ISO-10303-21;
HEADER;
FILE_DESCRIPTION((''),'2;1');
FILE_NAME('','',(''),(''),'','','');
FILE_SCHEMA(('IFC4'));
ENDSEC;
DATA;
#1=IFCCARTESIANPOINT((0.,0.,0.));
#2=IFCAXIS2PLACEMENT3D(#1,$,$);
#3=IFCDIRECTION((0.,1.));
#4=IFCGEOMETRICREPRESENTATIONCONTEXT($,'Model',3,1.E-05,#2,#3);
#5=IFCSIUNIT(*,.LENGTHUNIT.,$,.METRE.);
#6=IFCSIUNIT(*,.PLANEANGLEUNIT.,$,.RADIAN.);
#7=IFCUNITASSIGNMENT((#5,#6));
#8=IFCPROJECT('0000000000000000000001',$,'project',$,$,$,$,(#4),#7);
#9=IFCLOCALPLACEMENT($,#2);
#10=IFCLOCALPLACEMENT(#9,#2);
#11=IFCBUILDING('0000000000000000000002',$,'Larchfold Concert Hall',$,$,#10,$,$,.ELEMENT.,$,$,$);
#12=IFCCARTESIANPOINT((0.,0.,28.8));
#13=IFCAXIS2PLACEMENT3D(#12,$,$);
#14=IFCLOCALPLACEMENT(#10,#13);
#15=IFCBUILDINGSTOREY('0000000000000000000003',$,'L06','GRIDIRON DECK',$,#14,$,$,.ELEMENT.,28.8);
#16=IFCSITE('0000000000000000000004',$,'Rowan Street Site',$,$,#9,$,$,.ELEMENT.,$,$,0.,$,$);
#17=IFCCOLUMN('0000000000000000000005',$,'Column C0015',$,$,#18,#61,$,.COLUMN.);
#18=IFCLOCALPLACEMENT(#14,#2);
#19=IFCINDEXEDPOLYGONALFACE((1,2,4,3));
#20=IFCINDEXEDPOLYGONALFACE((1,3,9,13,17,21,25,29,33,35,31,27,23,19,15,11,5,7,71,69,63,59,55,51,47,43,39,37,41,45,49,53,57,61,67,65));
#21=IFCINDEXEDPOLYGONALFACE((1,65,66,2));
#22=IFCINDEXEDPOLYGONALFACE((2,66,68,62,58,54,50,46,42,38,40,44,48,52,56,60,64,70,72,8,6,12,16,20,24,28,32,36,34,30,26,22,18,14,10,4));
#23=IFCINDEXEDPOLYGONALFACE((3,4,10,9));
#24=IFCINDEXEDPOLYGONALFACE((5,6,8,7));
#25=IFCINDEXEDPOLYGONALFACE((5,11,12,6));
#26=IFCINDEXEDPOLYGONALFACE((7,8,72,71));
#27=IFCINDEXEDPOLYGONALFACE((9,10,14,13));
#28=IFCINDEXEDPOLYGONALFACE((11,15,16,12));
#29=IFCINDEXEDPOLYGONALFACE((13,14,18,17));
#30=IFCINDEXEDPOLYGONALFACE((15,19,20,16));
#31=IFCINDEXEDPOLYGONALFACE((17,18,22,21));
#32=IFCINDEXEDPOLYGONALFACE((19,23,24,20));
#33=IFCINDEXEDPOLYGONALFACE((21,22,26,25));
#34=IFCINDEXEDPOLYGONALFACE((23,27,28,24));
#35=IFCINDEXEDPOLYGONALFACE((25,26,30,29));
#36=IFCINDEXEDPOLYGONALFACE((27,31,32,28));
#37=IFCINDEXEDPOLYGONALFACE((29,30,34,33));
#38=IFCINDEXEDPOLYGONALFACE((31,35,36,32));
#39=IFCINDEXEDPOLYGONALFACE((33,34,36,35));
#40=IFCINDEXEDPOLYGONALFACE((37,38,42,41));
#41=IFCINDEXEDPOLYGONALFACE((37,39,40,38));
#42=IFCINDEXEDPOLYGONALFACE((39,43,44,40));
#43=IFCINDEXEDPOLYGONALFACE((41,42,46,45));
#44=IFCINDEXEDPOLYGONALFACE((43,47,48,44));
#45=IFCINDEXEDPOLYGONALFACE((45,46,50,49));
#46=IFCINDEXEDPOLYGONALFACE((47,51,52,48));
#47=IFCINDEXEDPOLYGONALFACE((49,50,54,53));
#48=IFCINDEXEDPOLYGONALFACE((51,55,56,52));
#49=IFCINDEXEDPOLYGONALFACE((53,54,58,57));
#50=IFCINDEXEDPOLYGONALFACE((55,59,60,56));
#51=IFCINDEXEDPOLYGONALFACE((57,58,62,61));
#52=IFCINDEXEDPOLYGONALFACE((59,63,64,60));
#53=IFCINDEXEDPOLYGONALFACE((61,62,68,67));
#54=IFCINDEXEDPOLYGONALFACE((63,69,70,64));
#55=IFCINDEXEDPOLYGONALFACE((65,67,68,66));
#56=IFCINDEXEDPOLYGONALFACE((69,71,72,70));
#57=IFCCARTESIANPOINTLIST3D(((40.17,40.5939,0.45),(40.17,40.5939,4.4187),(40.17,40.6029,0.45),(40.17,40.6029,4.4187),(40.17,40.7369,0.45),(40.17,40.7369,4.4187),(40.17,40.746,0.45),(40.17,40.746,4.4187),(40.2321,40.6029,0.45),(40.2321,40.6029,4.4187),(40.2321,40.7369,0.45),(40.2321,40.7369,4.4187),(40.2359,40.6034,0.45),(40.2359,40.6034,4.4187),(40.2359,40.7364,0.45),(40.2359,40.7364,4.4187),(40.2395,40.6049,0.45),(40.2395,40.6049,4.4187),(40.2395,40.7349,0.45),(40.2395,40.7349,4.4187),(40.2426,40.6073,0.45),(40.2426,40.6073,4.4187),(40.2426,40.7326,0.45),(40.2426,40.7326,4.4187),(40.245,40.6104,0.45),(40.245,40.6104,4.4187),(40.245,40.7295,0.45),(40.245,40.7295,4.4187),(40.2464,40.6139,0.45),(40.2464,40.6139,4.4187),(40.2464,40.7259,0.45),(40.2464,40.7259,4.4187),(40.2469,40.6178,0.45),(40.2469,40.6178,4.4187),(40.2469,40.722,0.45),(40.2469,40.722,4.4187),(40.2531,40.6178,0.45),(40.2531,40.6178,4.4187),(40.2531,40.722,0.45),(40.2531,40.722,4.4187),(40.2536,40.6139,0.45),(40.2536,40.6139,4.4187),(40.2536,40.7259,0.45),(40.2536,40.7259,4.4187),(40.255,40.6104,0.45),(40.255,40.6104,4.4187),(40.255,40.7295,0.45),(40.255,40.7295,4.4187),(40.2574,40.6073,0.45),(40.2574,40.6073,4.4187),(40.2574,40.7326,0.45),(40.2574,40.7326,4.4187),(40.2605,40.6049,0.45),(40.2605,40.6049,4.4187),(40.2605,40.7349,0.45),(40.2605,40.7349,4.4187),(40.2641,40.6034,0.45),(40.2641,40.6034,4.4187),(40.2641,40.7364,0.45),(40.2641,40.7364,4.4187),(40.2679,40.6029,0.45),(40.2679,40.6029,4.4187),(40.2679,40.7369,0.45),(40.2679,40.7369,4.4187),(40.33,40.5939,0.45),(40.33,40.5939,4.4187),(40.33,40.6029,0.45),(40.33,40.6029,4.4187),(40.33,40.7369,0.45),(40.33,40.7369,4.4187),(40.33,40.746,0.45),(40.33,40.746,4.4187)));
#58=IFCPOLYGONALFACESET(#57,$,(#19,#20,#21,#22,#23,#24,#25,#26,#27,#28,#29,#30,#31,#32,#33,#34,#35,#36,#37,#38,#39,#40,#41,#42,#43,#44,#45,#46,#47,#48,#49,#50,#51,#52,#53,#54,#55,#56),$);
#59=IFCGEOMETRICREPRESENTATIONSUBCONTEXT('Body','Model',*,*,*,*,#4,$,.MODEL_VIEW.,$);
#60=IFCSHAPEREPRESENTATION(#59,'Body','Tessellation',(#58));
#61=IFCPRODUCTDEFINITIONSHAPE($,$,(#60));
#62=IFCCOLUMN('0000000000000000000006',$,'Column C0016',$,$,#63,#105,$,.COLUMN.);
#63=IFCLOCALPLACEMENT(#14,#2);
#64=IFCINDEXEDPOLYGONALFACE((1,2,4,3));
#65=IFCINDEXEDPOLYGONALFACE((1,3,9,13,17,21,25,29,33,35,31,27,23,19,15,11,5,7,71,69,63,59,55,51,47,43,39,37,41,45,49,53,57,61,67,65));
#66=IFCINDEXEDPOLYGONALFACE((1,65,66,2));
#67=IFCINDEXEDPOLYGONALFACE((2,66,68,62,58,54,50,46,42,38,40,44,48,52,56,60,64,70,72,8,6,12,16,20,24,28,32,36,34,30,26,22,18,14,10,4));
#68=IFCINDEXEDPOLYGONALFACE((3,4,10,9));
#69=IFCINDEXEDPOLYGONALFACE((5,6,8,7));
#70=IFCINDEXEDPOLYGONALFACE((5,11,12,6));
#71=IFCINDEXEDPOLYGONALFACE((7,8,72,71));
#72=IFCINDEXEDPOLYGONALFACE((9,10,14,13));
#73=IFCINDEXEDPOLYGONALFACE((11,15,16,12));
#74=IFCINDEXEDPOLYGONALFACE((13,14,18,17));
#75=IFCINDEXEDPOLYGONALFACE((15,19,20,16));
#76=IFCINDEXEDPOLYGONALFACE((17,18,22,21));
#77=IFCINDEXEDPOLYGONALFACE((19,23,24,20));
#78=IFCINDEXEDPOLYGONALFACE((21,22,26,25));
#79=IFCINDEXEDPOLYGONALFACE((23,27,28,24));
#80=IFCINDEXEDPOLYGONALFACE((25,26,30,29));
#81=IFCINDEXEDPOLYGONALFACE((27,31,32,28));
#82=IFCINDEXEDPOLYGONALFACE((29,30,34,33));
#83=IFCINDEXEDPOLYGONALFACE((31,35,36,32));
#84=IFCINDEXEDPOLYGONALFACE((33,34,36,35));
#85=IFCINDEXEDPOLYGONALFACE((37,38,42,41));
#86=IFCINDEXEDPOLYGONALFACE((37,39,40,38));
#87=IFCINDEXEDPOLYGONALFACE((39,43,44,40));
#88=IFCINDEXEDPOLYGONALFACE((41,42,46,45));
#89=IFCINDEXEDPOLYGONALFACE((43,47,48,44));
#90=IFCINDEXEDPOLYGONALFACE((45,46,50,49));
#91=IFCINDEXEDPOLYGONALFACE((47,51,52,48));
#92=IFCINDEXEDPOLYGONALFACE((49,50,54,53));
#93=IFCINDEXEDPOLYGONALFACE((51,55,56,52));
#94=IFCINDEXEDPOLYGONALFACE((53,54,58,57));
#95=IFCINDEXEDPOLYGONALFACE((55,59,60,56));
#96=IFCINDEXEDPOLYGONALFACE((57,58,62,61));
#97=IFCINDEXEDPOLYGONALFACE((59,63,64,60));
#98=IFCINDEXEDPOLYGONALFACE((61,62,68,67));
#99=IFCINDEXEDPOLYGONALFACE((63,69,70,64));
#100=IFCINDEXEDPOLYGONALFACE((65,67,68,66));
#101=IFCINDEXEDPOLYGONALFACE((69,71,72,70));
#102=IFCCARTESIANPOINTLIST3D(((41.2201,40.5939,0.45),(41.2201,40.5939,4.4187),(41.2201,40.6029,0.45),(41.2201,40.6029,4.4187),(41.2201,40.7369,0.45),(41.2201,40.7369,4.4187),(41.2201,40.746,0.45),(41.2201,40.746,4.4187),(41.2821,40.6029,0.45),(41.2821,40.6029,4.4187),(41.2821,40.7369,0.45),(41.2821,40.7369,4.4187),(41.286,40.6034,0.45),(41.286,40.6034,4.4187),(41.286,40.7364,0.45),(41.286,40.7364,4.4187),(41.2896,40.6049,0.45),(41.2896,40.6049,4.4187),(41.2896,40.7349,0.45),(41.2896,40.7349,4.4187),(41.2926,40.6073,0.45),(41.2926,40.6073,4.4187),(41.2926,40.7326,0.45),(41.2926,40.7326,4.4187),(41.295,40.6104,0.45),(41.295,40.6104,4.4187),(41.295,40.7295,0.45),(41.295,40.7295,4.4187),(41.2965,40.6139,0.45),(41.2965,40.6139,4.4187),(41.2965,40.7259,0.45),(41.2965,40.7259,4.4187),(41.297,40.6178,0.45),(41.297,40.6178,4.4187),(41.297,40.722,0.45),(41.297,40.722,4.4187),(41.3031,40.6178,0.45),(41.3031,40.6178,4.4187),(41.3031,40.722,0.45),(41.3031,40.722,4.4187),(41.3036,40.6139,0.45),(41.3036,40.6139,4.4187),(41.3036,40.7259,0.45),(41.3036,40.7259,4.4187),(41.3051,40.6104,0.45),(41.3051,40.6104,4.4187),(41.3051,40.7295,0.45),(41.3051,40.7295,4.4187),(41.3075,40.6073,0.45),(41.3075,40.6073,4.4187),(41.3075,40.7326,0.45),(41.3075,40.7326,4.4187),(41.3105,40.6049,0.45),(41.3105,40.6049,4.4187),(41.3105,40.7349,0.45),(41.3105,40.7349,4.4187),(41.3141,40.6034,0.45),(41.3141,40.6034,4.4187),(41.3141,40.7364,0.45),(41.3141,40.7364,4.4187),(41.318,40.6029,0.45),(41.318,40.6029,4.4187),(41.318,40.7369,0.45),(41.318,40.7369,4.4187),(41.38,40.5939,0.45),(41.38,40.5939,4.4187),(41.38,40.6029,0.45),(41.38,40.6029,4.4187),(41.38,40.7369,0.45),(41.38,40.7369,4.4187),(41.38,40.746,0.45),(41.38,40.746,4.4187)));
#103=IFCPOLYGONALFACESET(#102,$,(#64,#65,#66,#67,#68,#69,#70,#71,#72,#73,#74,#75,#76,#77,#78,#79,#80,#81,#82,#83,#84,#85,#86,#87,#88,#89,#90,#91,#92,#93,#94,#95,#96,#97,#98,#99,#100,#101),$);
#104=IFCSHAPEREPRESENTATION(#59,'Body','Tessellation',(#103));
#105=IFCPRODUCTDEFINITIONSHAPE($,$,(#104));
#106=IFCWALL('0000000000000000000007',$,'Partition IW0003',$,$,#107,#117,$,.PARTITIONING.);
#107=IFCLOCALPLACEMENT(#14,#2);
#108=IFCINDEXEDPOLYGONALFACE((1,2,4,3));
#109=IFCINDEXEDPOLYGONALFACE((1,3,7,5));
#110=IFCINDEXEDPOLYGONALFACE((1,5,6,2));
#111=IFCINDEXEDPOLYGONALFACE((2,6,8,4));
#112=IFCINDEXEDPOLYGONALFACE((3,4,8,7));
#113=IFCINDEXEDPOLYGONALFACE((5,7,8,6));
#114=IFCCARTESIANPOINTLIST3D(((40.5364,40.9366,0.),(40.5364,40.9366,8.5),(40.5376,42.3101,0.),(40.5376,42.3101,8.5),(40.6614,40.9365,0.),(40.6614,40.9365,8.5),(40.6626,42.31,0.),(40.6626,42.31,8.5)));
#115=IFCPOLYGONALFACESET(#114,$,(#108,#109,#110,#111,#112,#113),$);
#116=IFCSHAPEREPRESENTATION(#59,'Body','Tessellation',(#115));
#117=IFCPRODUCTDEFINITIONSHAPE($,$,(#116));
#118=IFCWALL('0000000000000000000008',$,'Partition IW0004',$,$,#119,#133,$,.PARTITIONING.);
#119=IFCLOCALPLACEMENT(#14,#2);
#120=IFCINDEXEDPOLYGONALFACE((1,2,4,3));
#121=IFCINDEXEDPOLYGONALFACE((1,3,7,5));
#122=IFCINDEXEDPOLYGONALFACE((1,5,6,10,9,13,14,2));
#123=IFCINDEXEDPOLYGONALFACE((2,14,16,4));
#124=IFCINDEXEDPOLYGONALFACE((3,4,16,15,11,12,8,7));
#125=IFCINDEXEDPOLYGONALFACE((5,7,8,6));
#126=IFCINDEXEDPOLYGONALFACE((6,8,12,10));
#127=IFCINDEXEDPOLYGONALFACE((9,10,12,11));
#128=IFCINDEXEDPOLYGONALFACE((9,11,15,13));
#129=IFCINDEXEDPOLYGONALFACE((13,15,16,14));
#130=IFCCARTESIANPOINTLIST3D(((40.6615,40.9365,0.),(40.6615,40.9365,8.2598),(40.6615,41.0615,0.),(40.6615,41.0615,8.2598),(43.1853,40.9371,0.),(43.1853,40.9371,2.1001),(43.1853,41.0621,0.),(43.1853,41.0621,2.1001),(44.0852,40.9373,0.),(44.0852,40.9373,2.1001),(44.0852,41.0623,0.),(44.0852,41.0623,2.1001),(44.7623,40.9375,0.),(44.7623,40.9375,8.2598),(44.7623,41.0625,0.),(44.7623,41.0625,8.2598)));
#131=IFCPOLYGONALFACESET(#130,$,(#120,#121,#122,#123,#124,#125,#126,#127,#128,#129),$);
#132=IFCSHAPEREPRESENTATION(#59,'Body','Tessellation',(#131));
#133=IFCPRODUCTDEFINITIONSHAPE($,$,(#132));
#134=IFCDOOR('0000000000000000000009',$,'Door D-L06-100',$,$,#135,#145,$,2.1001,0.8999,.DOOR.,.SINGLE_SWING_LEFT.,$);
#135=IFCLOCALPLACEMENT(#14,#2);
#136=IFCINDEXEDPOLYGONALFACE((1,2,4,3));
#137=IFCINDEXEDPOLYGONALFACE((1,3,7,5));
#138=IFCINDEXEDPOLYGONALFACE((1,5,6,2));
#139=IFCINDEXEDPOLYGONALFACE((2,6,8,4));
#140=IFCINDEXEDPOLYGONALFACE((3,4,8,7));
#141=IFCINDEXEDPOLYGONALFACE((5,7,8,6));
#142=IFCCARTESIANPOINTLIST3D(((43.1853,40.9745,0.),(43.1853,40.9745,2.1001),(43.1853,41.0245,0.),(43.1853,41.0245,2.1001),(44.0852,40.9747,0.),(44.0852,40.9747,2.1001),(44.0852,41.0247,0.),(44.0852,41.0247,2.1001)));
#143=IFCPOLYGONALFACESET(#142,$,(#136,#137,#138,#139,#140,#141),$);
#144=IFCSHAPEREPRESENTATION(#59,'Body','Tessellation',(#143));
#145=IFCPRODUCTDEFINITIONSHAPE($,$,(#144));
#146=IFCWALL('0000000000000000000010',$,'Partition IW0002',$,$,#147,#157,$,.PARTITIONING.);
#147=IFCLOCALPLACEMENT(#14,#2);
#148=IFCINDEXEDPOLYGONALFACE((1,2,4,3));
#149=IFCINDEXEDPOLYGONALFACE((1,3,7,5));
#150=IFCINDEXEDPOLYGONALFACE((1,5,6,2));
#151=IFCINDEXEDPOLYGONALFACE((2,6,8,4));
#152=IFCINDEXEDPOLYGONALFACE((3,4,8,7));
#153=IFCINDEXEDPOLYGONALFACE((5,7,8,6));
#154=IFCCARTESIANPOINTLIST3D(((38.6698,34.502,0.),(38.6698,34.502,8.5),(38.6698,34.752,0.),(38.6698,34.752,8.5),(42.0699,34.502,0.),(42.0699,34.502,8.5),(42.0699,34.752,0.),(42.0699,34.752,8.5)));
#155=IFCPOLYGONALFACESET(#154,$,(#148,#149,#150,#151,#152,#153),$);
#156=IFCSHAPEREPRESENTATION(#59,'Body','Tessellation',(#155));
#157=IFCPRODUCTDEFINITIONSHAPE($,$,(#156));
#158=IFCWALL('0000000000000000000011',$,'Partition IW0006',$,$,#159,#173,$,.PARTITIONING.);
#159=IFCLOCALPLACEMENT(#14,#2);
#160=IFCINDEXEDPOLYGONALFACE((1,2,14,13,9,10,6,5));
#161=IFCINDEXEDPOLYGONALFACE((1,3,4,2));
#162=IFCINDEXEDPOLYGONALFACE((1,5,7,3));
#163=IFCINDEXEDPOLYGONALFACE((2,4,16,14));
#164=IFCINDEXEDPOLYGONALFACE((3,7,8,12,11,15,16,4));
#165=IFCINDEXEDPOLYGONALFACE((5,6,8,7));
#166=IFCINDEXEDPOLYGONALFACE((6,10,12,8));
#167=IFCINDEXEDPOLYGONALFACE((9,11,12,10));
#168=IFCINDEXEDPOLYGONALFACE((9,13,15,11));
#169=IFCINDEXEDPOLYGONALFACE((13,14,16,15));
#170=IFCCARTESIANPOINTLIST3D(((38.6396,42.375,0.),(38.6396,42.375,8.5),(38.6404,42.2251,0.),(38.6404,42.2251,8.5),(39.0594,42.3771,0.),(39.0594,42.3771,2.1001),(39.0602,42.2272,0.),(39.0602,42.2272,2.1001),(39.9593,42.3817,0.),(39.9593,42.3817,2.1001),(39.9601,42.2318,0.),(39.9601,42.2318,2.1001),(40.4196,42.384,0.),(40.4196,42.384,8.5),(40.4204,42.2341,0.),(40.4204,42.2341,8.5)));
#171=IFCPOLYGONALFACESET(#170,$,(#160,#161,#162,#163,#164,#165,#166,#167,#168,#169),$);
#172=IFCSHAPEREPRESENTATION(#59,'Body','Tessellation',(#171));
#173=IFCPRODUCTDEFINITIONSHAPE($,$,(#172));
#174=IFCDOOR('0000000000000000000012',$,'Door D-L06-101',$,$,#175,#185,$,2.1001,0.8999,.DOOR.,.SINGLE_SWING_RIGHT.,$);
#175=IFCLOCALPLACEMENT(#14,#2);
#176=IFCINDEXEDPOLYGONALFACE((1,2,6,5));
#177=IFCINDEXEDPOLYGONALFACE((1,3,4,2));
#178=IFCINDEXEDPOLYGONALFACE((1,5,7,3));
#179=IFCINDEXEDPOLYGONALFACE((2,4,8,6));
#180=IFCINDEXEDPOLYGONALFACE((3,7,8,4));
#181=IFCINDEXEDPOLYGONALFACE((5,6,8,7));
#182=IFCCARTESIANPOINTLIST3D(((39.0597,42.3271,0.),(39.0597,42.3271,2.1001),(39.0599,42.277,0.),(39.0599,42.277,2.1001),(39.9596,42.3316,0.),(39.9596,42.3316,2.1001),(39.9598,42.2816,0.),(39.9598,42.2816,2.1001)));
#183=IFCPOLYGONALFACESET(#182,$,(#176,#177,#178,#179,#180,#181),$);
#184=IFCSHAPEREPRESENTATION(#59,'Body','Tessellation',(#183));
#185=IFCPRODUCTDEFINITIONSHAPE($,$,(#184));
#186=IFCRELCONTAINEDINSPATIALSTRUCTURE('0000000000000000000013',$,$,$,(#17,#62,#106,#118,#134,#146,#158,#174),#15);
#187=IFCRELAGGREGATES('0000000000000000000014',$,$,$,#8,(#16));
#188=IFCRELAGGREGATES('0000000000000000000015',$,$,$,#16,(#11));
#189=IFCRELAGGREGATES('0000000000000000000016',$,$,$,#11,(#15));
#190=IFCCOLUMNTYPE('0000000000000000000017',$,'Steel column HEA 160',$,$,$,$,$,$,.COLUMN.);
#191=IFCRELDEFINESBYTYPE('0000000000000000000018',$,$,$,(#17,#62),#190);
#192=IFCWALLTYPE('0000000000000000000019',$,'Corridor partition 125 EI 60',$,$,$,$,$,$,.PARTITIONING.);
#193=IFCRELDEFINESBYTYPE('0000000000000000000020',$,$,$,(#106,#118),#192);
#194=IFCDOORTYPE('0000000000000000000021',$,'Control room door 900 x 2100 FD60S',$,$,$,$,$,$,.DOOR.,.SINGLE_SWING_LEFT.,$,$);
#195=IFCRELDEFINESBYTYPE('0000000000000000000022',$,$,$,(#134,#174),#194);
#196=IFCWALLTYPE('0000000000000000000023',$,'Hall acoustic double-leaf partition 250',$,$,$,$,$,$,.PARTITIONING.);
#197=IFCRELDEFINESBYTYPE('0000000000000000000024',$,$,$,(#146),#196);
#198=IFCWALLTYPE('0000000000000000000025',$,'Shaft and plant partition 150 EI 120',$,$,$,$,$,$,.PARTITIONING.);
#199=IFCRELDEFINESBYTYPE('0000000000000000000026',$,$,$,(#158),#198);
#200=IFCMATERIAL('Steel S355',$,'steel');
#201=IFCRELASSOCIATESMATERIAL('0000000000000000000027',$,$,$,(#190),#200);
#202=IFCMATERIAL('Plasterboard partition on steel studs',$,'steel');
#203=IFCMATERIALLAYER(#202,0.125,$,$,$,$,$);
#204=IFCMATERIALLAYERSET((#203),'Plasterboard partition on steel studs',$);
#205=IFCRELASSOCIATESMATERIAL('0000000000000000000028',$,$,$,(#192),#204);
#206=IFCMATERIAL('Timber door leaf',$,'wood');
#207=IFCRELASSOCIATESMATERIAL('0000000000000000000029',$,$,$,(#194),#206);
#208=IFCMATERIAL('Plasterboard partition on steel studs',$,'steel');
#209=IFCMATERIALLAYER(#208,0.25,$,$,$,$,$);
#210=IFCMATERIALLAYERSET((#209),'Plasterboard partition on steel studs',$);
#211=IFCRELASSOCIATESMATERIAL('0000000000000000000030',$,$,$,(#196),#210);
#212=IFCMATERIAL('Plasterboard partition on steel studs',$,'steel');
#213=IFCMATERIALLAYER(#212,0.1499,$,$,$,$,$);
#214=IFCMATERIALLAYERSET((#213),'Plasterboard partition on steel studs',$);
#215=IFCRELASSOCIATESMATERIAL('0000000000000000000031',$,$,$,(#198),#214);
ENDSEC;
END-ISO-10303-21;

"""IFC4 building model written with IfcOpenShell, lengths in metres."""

from ifc_helpers import new_model, si_unit, direction, frame, frame_2d, origin, origin_2d, place, context, subcontext, project, spatial, rectangle, i_section, extrude, material, layer, layer_set, material_profile, profile_set, type_object, element, fill, save


model = new_model("IFC4")

# Units and contexts
model_context = context("Model", 3, precision=1e-05, world=origin(), true_north=direction((0.0, 1.0)))
body_context = subcontext(model_context, "Body", "Model", "MODEL_VIEW")
ifc_project = project(units=[si_unit("LENGTHUNIT", "METRE"), si_unit("PLANEANGLEUNIT", "RADIAN")], contexts=[model_context])

# Site, building, storey
site_placement = place(None, origin())
site = spatial("IfcSite", under=ifc_project, at=site_placement, Name="Rowan Street Site", CompositionType="ELEMENT", RefElevation=0.0)
building_placement = place(site_placement, origin())
building = spatial("IfcBuilding", under=site, at=building_placement, Name="Larchfold Concert Hall", CompositionType="ELEMENT")
storey_placement = place(building_placement, frame((0.0, 0.0, 28.8)))
storey = spatial("IfcBuildingStorey", under=building, at=storey_placement, Name="L06", Description="GRIDIRON DECK", CompositionType="ELEMENT", Elevation=28.8)

# Columns
ifc_material_1 = material(Name="Steel S355", Category="steel")
ifc_material_profile_1 = material_profile(ifc_material_1, i_section(OverallWidth=0.1599, OverallDepth=0.1521, WebThickness=0.0061, FlangeThickness=0.009, FilletRadius=0.0149, at=origin_2d()))
ifc_profile_set_1 = profile_set([ifc_material_profile_1], Name="Steel S355")
column_type_1 = type_object("IfcColumnType", Name="Steel column HEA 160", PredefinedType="COLUMN", material=ifc_profile_set_1)
for number, where, z_axis, x_axis, name in (
    (1, (40.25, 40.6699, 0.45), (0.0, 0.0, 1.0), (1.0, 0.0, 0.0), "Column C0015"),
    (2, (41.3, 40.6699, 0.45), (0.0, 0.0, 1.0), (1.0, 0.0, 0.0), "Column C0016"),
):
    element("IfcColumn", number, at=place(storey_placement, frame(where, z_axis=z_axis, x_axis=x_axis)), inside=storey, type_object=column_type_1, Name=name, PredefinedType="COLUMN", context=body_context, shape_type="SweptSolid", body=[
        extrude(i_section(OverallWidth=0.1599, OverallDepth=0.1521, WebThickness=0.0061, FlangeThickness=0.009, FilletRadius=0.0149, at=origin_2d()), origin(), (0.0, 0.0, 1.0), 3.9688),
    ])

# Wall
ifc_material_2 = material(Name="Plasterboard partition on steel studs", Category="steel")
ifc_layer_1 = layer(ifc_material_2, 0.125)
ifc_layer_set_1 = layer_set([ifc_layer_1], Name="Plasterboard partition on steel studs")
wall_type_1 = type_object("IfcWallType", Name="Corridor partition 125 EI 60", PredefinedType="PARTITIONING", material=ifc_layer_set_1)
wall_1_placement = place(storey_placement, frame((40.6001, 42.3101, 0.0), z_axis=(0.0, 0.0, 1.0), x_axis=(-0.000889, -1.0, 0.0)))
element("IfcWall", 3, at=wall_1_placement, inside=storey, type_object=wall_type_1, Name="Partition IW0003", PredefinedType="PARTITIONING", context=body_context, shape_type="SweptSolid", body=[
    extrude(rectangle(XDim=1.3735, YDim=0.125, at=frame_2d((0.6868, 0.0))), origin(), (0.0, 0.0, 1.0), 8.5),
])

# Wall, opening, door
wall_2_placement = place(storey_placement, frame((40.6616, 40.999, 0.0), z_axis=(0.0, 0.0, 1.0), x_axis=(1.0, 0.000238, 0.0)))
wall_2 = element("IfcWall", 4, at=wall_2_placement, inside=storey, type_object=wall_type_1, Name="Partition IW0004", PredefinedType="PARTITIONING", context=body_context, shape_type="SweptSolid", body=[
    extrude(rectangle(XDim=4.1008, YDim=0.125, at=frame_2d((2.0503, 0.0))), origin(), (0.0, 0.0, 1.0), 8.2598),
])
opening_1_placement = place(wall_2_placement, frame((2.5237, 0.0, 0.0)))
opening_1 = element("IfcOpeningElement", 5, at=opening_1_placement, cuts=wall_2, PredefinedType="OPENING", context=body_context, shape_type="SweptSolid", body=[
    extrude(rectangle(XDim=0.8999, YDim=2.1001, at=frame_2d((0.45, 1.05))), frame((0.0, 0.0725, 0.0), z_axis=(0.0, -1.0, 0.0), x_axis=(1.0, 0.0, 0.0)), (0.0, 0.0, 1.0), 0.145),
])
ifc_material_3 = material(Name="Timber door leaf", Category="wood")
door_type_1 = type_object("IfcDoorType", Name="Control room door 900 x 2100 FD60S", OperationType="SINGLE_SWING_LEFT", PredefinedType="DOOR", material=ifc_material_3)
door_1_placement = place(opening_1_placement, origin())
door_1 = element("IfcDoor", 6, at=door_1_placement, inside=storey, type_object=door_type_1, Name="Door D-L06-100", OperationType="SINGLE_SWING_LEFT", OverallHeight=2.1001, OverallWidth=0.8999, PredefinedType="DOOR", context=body_context, shape_type="SweptSolid", body=[
    extrude(rectangle(XDim=0.8999, YDim=2.1001, at=frame_2d((0.45, 1.05))), frame((0.0, 0.0249, 0.0), z_axis=(0.0, -1.0, 0.0), x_axis=(1.0, 0.0, 0.0)), (0.0, 0.0, 1.0), 0.05),
])
fill(opening_1, door_1)

# Wall
ifc_material_4 = material(Name="Plasterboard partition on steel studs", Category="steel")
ifc_layer_2 = layer(ifc_material_4, 0.25)
ifc_layer_set_2 = layer_set([ifc_layer_2], Name="Plasterboard partition on steel studs")
wall_type_2 = type_object("IfcWallType", Name="Hall acoustic double-leaf partition 250", PredefinedType="PARTITIONING", material=ifc_layer_set_2)
wall_3_placement = place(storey_placement, frame((42.0701, 34.627, 0.0), z_axis=(0.0, 0.0, 1.0), x_axis=(-1.0, 0.0, 0.0)))
element("IfcWall", 7, at=wall_3_placement, inside=storey, type_object=wall_type_2, Name="Partition IW0002", PredefinedType="PARTITIONING", context=body_context, shape_type="SweptSolid", body=[
    extrude(rectangle(XDim=3.4001, YDim=0.25, at=frame_2d((1.7002, 0.0))), origin(), (0.0, 0.0, 1.0), 8.5),
])

# Wall, opening, door
ifc_material_5 = material(Name="Plasterboard partition on steel studs", Category="steel")
ifc_layer_3 = layer(ifc_material_5, 0.1499)
ifc_layer_set_3 = layer_set([ifc_layer_3], Name="Plasterboard partition on steel studs")
wall_type_3 = type_object("IfcWallType", Name="Shaft and plant partition 150 EI 120", PredefinedType="PARTITIONING", material=ifc_layer_set_3)
wall_4_placement = place(storey_placement, frame((38.6399, 42.3, 0.0), z_axis=(0.0, 0.0, 1.0), x_axis=(0.999987, 0.005075, 0.0)))
wall_4 = element("IfcWall", 8, at=wall_4_placement, inside=storey, type_object=wall_type_3, Name="Partition IW0006", PredefinedType="PARTITIONING", context=body_context, shape_type="SweptSolid", body=[
    extrude(rectangle(XDim=1.78, YDim=0.1499, at=frame_2d((0.8901, 0.0))), origin(), (0.0, 0.0, 1.0), 8.5),
])
opening_2_placement = place(wall_4_placement, frame((0.4199, 0.0, 0.0)))
opening_2 = element("IfcOpeningElement", 9, at=opening_2_placement, cuts=wall_4, PredefinedType="OPENING", context=body_context, shape_type="SweptSolid", body=[
    extrude(rectangle(XDim=0.8999, YDim=2.1001, at=frame_2d((0.45, 1.05))), frame((0.0, 0.085, 0.0), z_axis=(0.0, -1.0, 0.0), x_axis=(1.0, 0.0, 0.0)), (0.0, 0.0, 1.0), 0.1699),
])
door_2_placement = place(opening_2_placement, origin())
door_2 = element("IfcDoor", 10, at=door_2_placement, inside=storey, type_object=door_type_1, Name="Door D-L06-101", OperationType="SINGLE_SWING_RIGHT", OverallHeight=2.1001, OverallWidth=0.8999, PredefinedType="DOOR", context=body_context, shape_type="SweptSolid", body=[
    extrude(rectangle(XDim=0.8999, YDim=2.1001, at=frame_2d((0.45, 1.05))), frame((0.0, 0.0249, 0.0), z_axis=(0.0, -1.0, 0.0), x_axis=(1.0, 0.0, 0.0)), (0.0, 0.0, 1.0), 0.05),
])
fill(opening_2, door_2)

save(model, "model.ifc")
